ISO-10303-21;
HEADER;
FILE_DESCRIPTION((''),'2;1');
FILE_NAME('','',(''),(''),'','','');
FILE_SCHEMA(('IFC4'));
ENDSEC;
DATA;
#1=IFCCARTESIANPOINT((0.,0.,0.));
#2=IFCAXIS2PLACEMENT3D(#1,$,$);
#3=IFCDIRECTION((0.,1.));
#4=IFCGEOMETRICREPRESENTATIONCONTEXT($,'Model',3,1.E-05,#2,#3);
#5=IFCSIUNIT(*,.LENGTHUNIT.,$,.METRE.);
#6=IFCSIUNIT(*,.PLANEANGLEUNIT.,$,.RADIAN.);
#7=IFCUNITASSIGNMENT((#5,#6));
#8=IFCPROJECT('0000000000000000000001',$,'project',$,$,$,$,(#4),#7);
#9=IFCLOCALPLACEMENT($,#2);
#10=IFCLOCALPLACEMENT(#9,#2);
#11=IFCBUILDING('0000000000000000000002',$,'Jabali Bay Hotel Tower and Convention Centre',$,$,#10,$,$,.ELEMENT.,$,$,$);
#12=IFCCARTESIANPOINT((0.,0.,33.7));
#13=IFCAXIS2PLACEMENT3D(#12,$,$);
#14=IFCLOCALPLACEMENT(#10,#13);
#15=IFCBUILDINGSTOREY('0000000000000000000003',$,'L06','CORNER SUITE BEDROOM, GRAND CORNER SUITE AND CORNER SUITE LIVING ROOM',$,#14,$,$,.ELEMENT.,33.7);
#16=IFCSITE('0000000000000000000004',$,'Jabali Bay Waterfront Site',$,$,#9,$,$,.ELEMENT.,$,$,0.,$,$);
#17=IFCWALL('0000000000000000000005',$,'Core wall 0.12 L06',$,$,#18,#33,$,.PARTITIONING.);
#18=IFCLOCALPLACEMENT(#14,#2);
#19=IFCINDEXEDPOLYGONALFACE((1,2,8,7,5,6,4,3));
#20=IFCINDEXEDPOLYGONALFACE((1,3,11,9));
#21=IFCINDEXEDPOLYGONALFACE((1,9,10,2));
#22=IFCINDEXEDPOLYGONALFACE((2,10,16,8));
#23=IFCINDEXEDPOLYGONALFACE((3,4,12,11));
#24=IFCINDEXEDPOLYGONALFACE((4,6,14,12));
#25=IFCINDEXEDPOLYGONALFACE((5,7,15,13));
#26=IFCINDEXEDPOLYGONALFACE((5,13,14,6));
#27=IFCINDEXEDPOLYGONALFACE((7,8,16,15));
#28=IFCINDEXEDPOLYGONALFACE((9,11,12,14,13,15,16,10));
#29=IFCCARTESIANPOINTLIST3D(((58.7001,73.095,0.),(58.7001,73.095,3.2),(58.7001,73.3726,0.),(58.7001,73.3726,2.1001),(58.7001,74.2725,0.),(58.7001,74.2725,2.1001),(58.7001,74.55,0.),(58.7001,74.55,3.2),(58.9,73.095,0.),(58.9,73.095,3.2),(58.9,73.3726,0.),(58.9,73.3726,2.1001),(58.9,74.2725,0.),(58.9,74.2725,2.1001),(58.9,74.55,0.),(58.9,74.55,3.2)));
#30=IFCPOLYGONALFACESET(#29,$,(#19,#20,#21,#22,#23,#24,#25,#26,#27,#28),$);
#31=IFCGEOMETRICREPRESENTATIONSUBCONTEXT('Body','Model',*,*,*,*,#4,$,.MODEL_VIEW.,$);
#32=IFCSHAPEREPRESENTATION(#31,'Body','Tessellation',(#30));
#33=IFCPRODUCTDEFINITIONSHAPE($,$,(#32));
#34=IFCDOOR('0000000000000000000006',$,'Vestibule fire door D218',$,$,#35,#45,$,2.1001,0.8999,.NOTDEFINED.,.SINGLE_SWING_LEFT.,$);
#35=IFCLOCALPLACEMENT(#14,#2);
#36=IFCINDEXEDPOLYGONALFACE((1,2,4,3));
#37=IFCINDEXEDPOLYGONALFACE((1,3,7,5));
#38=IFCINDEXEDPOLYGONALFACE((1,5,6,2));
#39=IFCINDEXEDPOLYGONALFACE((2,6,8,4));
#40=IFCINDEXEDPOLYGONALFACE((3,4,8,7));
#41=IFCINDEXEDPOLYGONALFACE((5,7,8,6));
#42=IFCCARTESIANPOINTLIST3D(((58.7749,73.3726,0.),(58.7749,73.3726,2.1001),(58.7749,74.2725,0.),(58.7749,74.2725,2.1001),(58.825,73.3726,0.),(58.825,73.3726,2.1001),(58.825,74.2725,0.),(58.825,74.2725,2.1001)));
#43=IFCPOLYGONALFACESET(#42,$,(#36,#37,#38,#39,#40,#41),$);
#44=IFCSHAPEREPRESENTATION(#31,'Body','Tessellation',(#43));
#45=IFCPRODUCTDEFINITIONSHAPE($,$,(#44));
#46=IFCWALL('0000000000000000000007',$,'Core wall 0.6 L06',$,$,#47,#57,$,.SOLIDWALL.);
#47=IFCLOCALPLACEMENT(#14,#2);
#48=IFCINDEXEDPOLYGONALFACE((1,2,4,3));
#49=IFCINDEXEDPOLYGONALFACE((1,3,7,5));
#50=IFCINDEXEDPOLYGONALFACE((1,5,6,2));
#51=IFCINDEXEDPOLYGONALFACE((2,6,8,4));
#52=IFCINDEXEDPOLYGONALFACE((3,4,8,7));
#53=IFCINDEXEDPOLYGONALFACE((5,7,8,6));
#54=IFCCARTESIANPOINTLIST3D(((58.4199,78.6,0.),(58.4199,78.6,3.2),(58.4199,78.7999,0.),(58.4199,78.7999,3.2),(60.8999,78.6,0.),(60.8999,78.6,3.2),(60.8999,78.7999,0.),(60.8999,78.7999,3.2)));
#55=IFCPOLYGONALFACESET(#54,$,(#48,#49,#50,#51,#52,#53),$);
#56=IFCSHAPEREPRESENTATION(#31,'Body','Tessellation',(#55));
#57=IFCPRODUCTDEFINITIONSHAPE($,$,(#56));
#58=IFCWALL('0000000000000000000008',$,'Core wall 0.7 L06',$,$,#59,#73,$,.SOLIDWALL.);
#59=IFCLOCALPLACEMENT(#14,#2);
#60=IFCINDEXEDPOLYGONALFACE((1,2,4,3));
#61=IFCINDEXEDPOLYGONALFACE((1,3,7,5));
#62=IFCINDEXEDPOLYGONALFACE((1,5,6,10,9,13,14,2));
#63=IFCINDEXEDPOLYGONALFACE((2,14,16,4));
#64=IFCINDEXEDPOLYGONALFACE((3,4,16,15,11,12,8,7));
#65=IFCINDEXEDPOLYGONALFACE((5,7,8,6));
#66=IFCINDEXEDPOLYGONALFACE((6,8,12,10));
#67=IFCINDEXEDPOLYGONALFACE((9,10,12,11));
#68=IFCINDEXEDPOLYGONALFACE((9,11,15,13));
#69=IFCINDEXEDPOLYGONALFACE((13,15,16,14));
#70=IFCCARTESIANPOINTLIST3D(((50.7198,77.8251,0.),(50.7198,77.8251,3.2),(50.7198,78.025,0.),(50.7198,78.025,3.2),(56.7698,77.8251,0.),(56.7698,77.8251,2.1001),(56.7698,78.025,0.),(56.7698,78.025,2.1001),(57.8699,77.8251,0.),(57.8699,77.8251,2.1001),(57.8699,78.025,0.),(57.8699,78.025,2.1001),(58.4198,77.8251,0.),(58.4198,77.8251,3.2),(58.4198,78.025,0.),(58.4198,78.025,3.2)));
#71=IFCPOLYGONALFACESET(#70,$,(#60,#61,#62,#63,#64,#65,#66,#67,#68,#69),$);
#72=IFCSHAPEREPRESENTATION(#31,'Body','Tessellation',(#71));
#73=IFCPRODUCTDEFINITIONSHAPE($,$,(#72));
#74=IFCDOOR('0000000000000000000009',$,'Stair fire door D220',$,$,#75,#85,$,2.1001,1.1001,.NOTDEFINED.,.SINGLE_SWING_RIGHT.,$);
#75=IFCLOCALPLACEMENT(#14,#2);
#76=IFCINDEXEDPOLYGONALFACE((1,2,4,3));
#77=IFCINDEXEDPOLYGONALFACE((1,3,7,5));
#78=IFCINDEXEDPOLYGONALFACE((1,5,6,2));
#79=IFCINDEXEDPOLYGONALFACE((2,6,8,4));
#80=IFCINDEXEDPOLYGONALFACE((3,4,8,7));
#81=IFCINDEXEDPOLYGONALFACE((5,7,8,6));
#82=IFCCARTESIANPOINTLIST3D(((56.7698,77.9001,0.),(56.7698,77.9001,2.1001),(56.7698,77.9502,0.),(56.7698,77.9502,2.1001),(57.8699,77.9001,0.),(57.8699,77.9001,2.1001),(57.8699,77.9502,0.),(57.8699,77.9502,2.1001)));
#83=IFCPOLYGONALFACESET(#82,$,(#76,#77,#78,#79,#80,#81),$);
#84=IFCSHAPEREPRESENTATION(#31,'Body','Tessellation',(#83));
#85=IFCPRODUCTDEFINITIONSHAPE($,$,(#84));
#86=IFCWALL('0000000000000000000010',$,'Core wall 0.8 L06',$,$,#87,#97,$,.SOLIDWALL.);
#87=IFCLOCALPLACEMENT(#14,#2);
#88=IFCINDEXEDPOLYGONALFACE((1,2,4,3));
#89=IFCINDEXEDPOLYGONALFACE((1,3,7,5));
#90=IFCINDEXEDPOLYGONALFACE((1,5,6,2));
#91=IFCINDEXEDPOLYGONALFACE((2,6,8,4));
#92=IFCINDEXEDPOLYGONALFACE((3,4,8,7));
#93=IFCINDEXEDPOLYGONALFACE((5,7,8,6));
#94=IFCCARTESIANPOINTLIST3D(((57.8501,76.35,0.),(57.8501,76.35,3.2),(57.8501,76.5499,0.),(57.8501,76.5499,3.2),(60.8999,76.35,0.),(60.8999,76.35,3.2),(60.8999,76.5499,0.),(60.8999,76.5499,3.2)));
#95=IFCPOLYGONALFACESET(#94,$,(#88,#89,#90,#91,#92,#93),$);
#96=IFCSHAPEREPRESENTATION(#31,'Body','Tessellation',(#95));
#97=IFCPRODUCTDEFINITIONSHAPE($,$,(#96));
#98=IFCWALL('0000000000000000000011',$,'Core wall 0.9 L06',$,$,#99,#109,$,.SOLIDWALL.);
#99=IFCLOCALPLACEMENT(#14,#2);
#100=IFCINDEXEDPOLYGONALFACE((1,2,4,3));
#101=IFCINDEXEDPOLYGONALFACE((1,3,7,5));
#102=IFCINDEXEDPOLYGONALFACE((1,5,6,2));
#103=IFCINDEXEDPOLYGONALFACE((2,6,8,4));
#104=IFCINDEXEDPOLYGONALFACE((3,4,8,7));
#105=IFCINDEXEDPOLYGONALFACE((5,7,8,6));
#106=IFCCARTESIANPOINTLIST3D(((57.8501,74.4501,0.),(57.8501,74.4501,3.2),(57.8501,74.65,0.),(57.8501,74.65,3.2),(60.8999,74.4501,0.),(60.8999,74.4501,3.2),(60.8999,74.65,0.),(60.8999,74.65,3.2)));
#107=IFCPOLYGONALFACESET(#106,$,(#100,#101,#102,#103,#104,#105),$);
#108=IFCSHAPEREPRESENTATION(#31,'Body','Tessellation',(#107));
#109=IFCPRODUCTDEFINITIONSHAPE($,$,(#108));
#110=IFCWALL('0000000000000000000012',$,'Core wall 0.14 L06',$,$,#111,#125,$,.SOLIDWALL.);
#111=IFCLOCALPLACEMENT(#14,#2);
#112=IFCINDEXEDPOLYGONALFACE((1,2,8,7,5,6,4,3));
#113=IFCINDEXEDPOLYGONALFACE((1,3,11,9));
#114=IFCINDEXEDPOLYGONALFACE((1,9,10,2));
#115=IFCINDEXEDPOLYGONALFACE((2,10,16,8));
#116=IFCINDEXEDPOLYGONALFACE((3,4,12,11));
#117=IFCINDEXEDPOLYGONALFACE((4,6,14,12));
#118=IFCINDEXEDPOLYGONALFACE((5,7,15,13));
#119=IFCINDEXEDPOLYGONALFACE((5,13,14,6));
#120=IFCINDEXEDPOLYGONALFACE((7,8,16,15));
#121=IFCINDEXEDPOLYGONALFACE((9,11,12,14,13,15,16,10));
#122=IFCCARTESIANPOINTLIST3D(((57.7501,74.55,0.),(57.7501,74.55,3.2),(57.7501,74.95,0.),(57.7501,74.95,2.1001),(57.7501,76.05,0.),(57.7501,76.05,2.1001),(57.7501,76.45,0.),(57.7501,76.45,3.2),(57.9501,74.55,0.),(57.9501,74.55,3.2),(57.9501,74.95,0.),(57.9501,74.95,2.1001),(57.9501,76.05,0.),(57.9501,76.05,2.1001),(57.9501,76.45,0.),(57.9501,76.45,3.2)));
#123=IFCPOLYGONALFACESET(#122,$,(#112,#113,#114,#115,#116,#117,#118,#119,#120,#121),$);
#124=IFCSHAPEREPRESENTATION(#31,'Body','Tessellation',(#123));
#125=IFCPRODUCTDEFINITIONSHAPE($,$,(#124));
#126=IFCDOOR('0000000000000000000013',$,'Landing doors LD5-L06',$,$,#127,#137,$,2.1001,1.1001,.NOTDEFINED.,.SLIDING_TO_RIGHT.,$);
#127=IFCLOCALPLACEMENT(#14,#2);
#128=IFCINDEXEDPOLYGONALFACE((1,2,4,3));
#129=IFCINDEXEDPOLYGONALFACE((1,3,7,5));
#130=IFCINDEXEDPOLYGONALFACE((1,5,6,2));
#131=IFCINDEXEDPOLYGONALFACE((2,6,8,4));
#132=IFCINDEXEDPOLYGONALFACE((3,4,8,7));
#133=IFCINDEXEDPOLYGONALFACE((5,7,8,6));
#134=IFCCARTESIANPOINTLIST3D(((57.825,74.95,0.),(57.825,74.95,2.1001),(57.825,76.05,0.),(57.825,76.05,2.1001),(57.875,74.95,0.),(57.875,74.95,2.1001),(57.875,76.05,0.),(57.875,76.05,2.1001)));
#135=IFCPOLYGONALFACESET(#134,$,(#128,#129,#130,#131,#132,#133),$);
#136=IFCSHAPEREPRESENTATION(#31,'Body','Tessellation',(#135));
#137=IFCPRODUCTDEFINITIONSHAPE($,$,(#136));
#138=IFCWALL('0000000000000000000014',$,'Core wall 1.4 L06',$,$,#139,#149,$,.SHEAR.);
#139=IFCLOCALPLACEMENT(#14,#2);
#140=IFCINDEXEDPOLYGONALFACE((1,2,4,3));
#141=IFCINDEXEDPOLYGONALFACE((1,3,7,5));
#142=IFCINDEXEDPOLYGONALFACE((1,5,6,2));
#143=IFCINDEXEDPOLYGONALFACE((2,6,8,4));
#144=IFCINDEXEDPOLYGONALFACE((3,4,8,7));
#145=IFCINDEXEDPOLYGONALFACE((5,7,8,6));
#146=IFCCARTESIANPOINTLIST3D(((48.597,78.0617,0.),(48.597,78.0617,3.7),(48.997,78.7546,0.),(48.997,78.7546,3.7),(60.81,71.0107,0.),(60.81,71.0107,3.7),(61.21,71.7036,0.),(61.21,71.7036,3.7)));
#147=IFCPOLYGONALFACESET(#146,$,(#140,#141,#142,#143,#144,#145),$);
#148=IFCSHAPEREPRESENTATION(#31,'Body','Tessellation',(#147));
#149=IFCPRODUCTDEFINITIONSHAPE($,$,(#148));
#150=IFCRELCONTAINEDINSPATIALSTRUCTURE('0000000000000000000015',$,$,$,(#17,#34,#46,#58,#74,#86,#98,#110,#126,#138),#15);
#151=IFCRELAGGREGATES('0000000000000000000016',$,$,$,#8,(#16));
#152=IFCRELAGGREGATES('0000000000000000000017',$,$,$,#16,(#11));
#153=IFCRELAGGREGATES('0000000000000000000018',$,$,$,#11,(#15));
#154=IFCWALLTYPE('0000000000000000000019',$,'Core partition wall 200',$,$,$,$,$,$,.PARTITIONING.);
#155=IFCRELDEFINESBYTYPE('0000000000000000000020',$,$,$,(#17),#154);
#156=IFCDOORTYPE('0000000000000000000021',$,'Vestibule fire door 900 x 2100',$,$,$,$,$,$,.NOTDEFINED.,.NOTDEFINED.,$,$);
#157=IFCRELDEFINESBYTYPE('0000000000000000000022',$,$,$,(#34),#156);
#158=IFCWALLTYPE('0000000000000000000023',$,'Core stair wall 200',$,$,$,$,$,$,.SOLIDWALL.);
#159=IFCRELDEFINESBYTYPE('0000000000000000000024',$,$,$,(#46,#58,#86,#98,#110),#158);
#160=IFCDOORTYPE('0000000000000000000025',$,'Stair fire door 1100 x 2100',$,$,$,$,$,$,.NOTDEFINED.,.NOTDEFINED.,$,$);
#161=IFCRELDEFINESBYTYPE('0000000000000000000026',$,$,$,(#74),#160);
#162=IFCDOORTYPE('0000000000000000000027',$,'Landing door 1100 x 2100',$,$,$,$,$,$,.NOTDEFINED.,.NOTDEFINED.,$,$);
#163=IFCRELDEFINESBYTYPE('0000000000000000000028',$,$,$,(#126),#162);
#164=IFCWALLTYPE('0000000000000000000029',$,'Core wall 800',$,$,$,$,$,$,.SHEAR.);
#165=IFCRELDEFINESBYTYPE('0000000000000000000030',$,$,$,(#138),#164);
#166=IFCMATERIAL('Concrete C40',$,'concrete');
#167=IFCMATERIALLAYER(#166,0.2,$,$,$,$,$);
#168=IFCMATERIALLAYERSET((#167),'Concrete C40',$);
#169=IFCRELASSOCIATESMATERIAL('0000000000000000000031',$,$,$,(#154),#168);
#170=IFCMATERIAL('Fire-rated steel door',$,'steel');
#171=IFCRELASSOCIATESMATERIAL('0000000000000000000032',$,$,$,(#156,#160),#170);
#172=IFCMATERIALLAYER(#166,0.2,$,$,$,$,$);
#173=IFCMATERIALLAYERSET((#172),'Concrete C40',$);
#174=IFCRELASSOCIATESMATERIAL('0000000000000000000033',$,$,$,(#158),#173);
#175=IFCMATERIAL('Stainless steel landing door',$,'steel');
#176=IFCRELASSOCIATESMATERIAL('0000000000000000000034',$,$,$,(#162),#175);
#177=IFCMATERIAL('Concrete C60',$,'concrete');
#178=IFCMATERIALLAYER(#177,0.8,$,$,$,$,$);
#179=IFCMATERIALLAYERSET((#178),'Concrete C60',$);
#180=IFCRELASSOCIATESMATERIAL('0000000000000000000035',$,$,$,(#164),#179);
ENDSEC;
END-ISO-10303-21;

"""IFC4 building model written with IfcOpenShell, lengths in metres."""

from ifc_helpers import new_model, si_unit, direction, frame, frame_2d, origin, place, context, subcontext, project, spatial, rectangle, extrude, material, layer, layer_set, type_object, element, fill, save


model = new_model("IFC4")

# Units and contexts
model_context = context("Model", 3, precision=1e-05, world=origin(), true_north=direction((0.0, 1.0)))
body_context = subcontext(model_context, "Body", "Model", "MODEL_VIEW")
ifc_project = project(units=[si_unit("LENGTHUNIT", "METRE"), si_unit("PLANEANGLEUNIT", "RADIAN")], contexts=[model_context])

# Site, building, storey
site_placement = place(None, origin())
site = spatial("IfcSite", under=ifc_project, at=site_placement, Name="Jabali Bay Waterfront Site", CompositionType="ELEMENT", RefElevation=0.0)
building_placement = place(site_placement, origin())
building = spatial("IfcBuilding", under=site, at=building_placement, Name="Jabali Bay Hotel Tower and Convention Centre", CompositionType="ELEMENT")
storey_placement = place(building_placement, frame((0.0, 0.0, 33.7)))
storey = spatial("IfcBuildingStorey", under=building, at=storey_placement, Name="L06", Description="CORNER SUITE BEDROOM, GRAND CORNER SUITE AND CORNER SUITE LIVING ROOM", CompositionType="ELEMENT", Elevation=33.7)

# Wall, opening, door
ifc_material_1 = material(Name="Concrete C40", Category="concrete")
ifc_layer_1 = layer(ifc_material_1, 0.2)
ifc_layer_set_1 = layer_set([ifc_layer_1], Name="Concrete C40")
wall_type_1 = type_object("IfcWallType", Name="Core partition wall 200", PredefinedType="PARTITIONING", material=ifc_layer_set_1)
wall_1_placement = place(storey_placement, frame((58.8, 74.55, 0.0), z_axis=(0.0, 0.0, 1.0), x_axis=(0.0, -1.0, 0.0)))
wall_1 = element("IfcWall", 1, at=wall_1_placement, inside=storey, type_object=wall_type_1, Name="Core wall 0.12 L06", PredefinedType="PARTITIONING", context=body_context, shape_type="SweptSolid", body=[
    extrude(rectangle(XDim=1.4551, YDim=0.2, at=frame_2d((0.7275, 0.0))), origin(), (0.0, 0.0, 1.0), 3.2),
])
opening_1_placement = place(wall_1_placement, frame((0.2776, 0.0, 0.0)))
opening_1 = element("IfcOpeningElement", 2, at=opening_1_placement, cuts=wall_1, PredefinedType="OPENING", context=body_context, shape_type="SweptSolid", body=[
    extrude(rectangle(XDim=0.8999, YDim=2.1001, at=frame_2d((0.45, 1.05))), frame((0.0, 0.1104, 0.0), z_axis=(0.0, -1.0, 0.0), x_axis=(1.0, 0.0, 0.0)), (0.0, 0.0, 1.0), 0.2209),
])
ifc_material_2 = material(Name="Fire-rated steel door", Category="steel")
door_type_1 = type_object("IfcDoorType", Name="Vestibule fire door 900 x 2100", OperationType="NOTDEFINED", PredefinedType="NOTDEFINED", material=ifc_material_2)
door_1_placement = place(opening_1_placement, origin())
door_1 = element("IfcDoor", 3, at=door_1_placement, inside=storey, type_object=door_type_1, Name="Vestibule fire door D218", OperationType="SINGLE_SWING_LEFT", OverallHeight=2.1001, OverallWidth=0.8999, PredefinedType="NOTDEFINED", context=body_context, shape_type="SweptSolid", body=[
    extrude(rectangle(XDim=0.8999, YDim=2.1001, at=frame_2d((0.45, 1.05))), frame((0.0, 0.0249, 0.0), z_axis=(0.0, -1.0, 0.0), x_axis=(1.0, 0.0, 0.0)), (0.0, 0.0, 1.0), 0.05),
])
fill(opening_1, door_1)

# Wall
ifc_layer_2 = layer(ifc_material_1, 0.2)
ifc_layer_set_2 = layer_set([ifc_layer_2], Name="Concrete C40")
wall_type_2 = type_object("IfcWallType", Name="Core stair wall 200", PredefinedType="SOLIDWALL", material=ifc_layer_set_2)
wall_2_placement = place(storey_placement, frame((60.8999, 78.7, 0.0), z_axis=(0.0, 0.0, 1.0), x_axis=(-1.0, 0.0, 0.0)))
element("IfcWall", 4, at=wall_2_placement, inside=storey, type_object=wall_type_2, Name="Core wall 0.6 L06", PredefinedType="SOLIDWALL", context=body_context, shape_type="SweptSolid", body=[
    extrude(rectangle(XDim=2.48, YDim=0.2, at=frame_2d((1.24, 0.0))), origin(), (0.0, 0.0, 1.0), 3.2),
])

# Wall, opening, door
wall_3_placement = place(storey_placement, frame((58.4199, 77.925, 0.0), z_axis=(0.0, 0.0, 1.0), x_axis=(-1.0, 0.0, 0.0)))
wall_3 = element("IfcWall", 5, at=wall_3_placement, inside=storey, type_object=wall_type_2, Name="Core wall 0.7 L06", PredefinedType="SOLIDWALL", context=body_context, shape_type="SweptSolid", body=[
    extrude(rectangle(XDim=7.7, YDim=0.2, at=frame_2d((3.8501, 0.0))), origin(), (0.0, 0.0, 1.0), 3.2),
])
opening_2_placement = place(wall_3_placement, frame((0.55, 0.0, 0.0)))
opening_2 = element("IfcOpeningElement", 6, at=opening_2_placement, cuts=wall_3, PredefinedType="OPENING", context=body_context, shape_type="SweptSolid", body=[
    extrude(rectangle(XDim=1.1001, YDim=2.1001, at=frame_2d((0.55, 1.05))), frame((0.0, 0.1104, 0.0), z_axis=(0.0, -1.0, 0.0), x_axis=(1.0, 0.0, 0.0)), (0.0, 0.0, 1.0), 0.2209),
])
door_type_2 = type_object("IfcDoorType", Name="Stair fire door 1100 x 2100", OperationType="NOTDEFINED", PredefinedType="NOTDEFINED", material=ifc_material_2)
door_2_placement = place(opening_2_placement, origin())
door_2 = element("IfcDoor", 7, at=door_2_placement, inside=storey, type_object=door_type_2, Name="Stair fire door D220", OperationType="SINGLE_SWING_RIGHT", OverallHeight=2.1001, OverallWidth=1.1001, PredefinedType="NOTDEFINED", context=body_context, shape_type="SweptSolid", body=[
    extrude(rectangle(XDim=1.1001, YDim=2.1001, at=frame_2d((0.55, 1.05))), frame((0.0, 0.0249, 0.0), z_axis=(0.0, -1.0, 0.0), x_axis=(1.0, 0.0, 0.0)), (0.0, 0.0, 1.0), 0.05),
])
fill(opening_2, door_2)

# Walls
for number, where, z_axis, x_axis, name in (
    (8, (60.8999, 76.45, 0.0), (0.0, 0.0, 1.0), (-1.0, 0.0, 0.0), "Core wall 0.8 L06"),
    (9, (60.8999, 74.55, 0.0), (0.0, 0.0, 1.0), (-1.0, 0.0, 0.0), "Core wall 0.9 L06"),
):
    element("IfcWall", number, at=place(storey_placement, frame(where, z_axis=z_axis, x_axis=x_axis)), inside=storey, type_object=wall_type_2, Name=name, PredefinedType="SOLIDWALL", context=body_context, shape_type="SweptSolid", body=[
        extrude(rectangle(XDim=3.0498, YDim=0.2, at=frame_2d((1.5249, 0.0))), origin(), (0.0, 0.0, 1.0), 3.2),
    ])

# Wall, opening, door
wall_4_placement = place(storey_placement, frame((57.8501, 76.45, 0.0), z_axis=(0.0, 0.0, 1.0), x_axis=(0.0, -1.0, 0.0)))
wall_4 = element("IfcWall", 10, at=wall_4_placement, inside=storey, type_object=wall_type_2, Name="Core wall 0.14 L06", PredefinedType="SOLIDWALL", context=body_context, shape_type="SweptSolid", body=[
    extrude(rectangle(XDim=1.8999, YDim=0.2, at=frame_2d((0.95, 0.0))), origin(), (0.0, 0.0, 1.0), 3.2),
])
opening_3_placement = place(wall_4_placement, frame((0.3999, 0.0, 0.0)))
opening_3 = element("IfcOpeningElement", 11, at=opening_3_placement, cuts=wall_4, PredefinedType="OPENING", context=body_context, shape_type="SweptSolid", body=[
    extrude(rectangle(XDim=1.1001, YDim=2.1001, at=frame_2d((0.55, 1.05))), frame((0.0, 0.1104, 0.0), z_axis=(0.0, -1.0, 0.0), x_axis=(1.0, 0.0, 0.0)), (0.0, 0.0, 1.0), 0.2209),
])
ifc_material_3 = material(Name="Stainless steel landing door", Category="steel")
door_type_3 = type_object("IfcDoorType", Name="Landing door 1100 x 2100", OperationType="NOTDEFINED", PredefinedType="NOTDEFINED", material=ifc_material_3)
door_3_placement = place(opening_3_placement, origin())
door_3 = element("IfcDoor", 12, at=door_3_placement, inside=storey, type_object=door_type_3, Name="Landing doors LD5-L06", OperationType="SLIDING_TO_RIGHT", OverallHeight=2.1001, OverallWidth=1.1001, PredefinedType="NOTDEFINED", context=body_context, shape_type="SweptSolid", body=[
    extrude(rectangle(XDim=1.1001, YDim=2.1001, at=frame_2d((0.55, 1.05))), frame((0.0, 0.0249, 0.0), z_axis=(0.0, -1.0, 0.0), x_axis=(1.0, 0.0, 0.0)), (0.0, 0.0, 1.0), 0.05),
])
fill(opening_3, door_3)

# Wall
ifc_material_4 = material(Name="Concrete C60", Category="concrete")
ifc_layer_3 = layer(ifc_material_4, 0.8)
ifc_layer_set_3 = layer_set([ifc_layer_3], Name="Concrete C60")
wall_type_3 = type_object("IfcWallType", Name="Core wall 800", PredefinedType="SHEAR", material=ifc_layer_set_3)
wall_5_placement = place(storey_placement, frame((48.7969, 78.4082, 0.0), z_axis=(0.0, 0.0, 1.0), x_axis=(0.866033, -0.499988, 0.0)))
element("IfcWall", 13, at=wall_5_placement, inside=storey, type_object=wall_type_3, Name="Core wall 1.4 L06", PredefinedType="SHEAR", context=body_context, shape_type="SweptSolid", body=[
    extrude(rectangle(XDim=14.1023, YDim=0.8, at=frame_2d((7.0513, 0.0))), origin(), (0.0, 0.0, 1.0), 3.7),
])

save(model, "model.ifc")
